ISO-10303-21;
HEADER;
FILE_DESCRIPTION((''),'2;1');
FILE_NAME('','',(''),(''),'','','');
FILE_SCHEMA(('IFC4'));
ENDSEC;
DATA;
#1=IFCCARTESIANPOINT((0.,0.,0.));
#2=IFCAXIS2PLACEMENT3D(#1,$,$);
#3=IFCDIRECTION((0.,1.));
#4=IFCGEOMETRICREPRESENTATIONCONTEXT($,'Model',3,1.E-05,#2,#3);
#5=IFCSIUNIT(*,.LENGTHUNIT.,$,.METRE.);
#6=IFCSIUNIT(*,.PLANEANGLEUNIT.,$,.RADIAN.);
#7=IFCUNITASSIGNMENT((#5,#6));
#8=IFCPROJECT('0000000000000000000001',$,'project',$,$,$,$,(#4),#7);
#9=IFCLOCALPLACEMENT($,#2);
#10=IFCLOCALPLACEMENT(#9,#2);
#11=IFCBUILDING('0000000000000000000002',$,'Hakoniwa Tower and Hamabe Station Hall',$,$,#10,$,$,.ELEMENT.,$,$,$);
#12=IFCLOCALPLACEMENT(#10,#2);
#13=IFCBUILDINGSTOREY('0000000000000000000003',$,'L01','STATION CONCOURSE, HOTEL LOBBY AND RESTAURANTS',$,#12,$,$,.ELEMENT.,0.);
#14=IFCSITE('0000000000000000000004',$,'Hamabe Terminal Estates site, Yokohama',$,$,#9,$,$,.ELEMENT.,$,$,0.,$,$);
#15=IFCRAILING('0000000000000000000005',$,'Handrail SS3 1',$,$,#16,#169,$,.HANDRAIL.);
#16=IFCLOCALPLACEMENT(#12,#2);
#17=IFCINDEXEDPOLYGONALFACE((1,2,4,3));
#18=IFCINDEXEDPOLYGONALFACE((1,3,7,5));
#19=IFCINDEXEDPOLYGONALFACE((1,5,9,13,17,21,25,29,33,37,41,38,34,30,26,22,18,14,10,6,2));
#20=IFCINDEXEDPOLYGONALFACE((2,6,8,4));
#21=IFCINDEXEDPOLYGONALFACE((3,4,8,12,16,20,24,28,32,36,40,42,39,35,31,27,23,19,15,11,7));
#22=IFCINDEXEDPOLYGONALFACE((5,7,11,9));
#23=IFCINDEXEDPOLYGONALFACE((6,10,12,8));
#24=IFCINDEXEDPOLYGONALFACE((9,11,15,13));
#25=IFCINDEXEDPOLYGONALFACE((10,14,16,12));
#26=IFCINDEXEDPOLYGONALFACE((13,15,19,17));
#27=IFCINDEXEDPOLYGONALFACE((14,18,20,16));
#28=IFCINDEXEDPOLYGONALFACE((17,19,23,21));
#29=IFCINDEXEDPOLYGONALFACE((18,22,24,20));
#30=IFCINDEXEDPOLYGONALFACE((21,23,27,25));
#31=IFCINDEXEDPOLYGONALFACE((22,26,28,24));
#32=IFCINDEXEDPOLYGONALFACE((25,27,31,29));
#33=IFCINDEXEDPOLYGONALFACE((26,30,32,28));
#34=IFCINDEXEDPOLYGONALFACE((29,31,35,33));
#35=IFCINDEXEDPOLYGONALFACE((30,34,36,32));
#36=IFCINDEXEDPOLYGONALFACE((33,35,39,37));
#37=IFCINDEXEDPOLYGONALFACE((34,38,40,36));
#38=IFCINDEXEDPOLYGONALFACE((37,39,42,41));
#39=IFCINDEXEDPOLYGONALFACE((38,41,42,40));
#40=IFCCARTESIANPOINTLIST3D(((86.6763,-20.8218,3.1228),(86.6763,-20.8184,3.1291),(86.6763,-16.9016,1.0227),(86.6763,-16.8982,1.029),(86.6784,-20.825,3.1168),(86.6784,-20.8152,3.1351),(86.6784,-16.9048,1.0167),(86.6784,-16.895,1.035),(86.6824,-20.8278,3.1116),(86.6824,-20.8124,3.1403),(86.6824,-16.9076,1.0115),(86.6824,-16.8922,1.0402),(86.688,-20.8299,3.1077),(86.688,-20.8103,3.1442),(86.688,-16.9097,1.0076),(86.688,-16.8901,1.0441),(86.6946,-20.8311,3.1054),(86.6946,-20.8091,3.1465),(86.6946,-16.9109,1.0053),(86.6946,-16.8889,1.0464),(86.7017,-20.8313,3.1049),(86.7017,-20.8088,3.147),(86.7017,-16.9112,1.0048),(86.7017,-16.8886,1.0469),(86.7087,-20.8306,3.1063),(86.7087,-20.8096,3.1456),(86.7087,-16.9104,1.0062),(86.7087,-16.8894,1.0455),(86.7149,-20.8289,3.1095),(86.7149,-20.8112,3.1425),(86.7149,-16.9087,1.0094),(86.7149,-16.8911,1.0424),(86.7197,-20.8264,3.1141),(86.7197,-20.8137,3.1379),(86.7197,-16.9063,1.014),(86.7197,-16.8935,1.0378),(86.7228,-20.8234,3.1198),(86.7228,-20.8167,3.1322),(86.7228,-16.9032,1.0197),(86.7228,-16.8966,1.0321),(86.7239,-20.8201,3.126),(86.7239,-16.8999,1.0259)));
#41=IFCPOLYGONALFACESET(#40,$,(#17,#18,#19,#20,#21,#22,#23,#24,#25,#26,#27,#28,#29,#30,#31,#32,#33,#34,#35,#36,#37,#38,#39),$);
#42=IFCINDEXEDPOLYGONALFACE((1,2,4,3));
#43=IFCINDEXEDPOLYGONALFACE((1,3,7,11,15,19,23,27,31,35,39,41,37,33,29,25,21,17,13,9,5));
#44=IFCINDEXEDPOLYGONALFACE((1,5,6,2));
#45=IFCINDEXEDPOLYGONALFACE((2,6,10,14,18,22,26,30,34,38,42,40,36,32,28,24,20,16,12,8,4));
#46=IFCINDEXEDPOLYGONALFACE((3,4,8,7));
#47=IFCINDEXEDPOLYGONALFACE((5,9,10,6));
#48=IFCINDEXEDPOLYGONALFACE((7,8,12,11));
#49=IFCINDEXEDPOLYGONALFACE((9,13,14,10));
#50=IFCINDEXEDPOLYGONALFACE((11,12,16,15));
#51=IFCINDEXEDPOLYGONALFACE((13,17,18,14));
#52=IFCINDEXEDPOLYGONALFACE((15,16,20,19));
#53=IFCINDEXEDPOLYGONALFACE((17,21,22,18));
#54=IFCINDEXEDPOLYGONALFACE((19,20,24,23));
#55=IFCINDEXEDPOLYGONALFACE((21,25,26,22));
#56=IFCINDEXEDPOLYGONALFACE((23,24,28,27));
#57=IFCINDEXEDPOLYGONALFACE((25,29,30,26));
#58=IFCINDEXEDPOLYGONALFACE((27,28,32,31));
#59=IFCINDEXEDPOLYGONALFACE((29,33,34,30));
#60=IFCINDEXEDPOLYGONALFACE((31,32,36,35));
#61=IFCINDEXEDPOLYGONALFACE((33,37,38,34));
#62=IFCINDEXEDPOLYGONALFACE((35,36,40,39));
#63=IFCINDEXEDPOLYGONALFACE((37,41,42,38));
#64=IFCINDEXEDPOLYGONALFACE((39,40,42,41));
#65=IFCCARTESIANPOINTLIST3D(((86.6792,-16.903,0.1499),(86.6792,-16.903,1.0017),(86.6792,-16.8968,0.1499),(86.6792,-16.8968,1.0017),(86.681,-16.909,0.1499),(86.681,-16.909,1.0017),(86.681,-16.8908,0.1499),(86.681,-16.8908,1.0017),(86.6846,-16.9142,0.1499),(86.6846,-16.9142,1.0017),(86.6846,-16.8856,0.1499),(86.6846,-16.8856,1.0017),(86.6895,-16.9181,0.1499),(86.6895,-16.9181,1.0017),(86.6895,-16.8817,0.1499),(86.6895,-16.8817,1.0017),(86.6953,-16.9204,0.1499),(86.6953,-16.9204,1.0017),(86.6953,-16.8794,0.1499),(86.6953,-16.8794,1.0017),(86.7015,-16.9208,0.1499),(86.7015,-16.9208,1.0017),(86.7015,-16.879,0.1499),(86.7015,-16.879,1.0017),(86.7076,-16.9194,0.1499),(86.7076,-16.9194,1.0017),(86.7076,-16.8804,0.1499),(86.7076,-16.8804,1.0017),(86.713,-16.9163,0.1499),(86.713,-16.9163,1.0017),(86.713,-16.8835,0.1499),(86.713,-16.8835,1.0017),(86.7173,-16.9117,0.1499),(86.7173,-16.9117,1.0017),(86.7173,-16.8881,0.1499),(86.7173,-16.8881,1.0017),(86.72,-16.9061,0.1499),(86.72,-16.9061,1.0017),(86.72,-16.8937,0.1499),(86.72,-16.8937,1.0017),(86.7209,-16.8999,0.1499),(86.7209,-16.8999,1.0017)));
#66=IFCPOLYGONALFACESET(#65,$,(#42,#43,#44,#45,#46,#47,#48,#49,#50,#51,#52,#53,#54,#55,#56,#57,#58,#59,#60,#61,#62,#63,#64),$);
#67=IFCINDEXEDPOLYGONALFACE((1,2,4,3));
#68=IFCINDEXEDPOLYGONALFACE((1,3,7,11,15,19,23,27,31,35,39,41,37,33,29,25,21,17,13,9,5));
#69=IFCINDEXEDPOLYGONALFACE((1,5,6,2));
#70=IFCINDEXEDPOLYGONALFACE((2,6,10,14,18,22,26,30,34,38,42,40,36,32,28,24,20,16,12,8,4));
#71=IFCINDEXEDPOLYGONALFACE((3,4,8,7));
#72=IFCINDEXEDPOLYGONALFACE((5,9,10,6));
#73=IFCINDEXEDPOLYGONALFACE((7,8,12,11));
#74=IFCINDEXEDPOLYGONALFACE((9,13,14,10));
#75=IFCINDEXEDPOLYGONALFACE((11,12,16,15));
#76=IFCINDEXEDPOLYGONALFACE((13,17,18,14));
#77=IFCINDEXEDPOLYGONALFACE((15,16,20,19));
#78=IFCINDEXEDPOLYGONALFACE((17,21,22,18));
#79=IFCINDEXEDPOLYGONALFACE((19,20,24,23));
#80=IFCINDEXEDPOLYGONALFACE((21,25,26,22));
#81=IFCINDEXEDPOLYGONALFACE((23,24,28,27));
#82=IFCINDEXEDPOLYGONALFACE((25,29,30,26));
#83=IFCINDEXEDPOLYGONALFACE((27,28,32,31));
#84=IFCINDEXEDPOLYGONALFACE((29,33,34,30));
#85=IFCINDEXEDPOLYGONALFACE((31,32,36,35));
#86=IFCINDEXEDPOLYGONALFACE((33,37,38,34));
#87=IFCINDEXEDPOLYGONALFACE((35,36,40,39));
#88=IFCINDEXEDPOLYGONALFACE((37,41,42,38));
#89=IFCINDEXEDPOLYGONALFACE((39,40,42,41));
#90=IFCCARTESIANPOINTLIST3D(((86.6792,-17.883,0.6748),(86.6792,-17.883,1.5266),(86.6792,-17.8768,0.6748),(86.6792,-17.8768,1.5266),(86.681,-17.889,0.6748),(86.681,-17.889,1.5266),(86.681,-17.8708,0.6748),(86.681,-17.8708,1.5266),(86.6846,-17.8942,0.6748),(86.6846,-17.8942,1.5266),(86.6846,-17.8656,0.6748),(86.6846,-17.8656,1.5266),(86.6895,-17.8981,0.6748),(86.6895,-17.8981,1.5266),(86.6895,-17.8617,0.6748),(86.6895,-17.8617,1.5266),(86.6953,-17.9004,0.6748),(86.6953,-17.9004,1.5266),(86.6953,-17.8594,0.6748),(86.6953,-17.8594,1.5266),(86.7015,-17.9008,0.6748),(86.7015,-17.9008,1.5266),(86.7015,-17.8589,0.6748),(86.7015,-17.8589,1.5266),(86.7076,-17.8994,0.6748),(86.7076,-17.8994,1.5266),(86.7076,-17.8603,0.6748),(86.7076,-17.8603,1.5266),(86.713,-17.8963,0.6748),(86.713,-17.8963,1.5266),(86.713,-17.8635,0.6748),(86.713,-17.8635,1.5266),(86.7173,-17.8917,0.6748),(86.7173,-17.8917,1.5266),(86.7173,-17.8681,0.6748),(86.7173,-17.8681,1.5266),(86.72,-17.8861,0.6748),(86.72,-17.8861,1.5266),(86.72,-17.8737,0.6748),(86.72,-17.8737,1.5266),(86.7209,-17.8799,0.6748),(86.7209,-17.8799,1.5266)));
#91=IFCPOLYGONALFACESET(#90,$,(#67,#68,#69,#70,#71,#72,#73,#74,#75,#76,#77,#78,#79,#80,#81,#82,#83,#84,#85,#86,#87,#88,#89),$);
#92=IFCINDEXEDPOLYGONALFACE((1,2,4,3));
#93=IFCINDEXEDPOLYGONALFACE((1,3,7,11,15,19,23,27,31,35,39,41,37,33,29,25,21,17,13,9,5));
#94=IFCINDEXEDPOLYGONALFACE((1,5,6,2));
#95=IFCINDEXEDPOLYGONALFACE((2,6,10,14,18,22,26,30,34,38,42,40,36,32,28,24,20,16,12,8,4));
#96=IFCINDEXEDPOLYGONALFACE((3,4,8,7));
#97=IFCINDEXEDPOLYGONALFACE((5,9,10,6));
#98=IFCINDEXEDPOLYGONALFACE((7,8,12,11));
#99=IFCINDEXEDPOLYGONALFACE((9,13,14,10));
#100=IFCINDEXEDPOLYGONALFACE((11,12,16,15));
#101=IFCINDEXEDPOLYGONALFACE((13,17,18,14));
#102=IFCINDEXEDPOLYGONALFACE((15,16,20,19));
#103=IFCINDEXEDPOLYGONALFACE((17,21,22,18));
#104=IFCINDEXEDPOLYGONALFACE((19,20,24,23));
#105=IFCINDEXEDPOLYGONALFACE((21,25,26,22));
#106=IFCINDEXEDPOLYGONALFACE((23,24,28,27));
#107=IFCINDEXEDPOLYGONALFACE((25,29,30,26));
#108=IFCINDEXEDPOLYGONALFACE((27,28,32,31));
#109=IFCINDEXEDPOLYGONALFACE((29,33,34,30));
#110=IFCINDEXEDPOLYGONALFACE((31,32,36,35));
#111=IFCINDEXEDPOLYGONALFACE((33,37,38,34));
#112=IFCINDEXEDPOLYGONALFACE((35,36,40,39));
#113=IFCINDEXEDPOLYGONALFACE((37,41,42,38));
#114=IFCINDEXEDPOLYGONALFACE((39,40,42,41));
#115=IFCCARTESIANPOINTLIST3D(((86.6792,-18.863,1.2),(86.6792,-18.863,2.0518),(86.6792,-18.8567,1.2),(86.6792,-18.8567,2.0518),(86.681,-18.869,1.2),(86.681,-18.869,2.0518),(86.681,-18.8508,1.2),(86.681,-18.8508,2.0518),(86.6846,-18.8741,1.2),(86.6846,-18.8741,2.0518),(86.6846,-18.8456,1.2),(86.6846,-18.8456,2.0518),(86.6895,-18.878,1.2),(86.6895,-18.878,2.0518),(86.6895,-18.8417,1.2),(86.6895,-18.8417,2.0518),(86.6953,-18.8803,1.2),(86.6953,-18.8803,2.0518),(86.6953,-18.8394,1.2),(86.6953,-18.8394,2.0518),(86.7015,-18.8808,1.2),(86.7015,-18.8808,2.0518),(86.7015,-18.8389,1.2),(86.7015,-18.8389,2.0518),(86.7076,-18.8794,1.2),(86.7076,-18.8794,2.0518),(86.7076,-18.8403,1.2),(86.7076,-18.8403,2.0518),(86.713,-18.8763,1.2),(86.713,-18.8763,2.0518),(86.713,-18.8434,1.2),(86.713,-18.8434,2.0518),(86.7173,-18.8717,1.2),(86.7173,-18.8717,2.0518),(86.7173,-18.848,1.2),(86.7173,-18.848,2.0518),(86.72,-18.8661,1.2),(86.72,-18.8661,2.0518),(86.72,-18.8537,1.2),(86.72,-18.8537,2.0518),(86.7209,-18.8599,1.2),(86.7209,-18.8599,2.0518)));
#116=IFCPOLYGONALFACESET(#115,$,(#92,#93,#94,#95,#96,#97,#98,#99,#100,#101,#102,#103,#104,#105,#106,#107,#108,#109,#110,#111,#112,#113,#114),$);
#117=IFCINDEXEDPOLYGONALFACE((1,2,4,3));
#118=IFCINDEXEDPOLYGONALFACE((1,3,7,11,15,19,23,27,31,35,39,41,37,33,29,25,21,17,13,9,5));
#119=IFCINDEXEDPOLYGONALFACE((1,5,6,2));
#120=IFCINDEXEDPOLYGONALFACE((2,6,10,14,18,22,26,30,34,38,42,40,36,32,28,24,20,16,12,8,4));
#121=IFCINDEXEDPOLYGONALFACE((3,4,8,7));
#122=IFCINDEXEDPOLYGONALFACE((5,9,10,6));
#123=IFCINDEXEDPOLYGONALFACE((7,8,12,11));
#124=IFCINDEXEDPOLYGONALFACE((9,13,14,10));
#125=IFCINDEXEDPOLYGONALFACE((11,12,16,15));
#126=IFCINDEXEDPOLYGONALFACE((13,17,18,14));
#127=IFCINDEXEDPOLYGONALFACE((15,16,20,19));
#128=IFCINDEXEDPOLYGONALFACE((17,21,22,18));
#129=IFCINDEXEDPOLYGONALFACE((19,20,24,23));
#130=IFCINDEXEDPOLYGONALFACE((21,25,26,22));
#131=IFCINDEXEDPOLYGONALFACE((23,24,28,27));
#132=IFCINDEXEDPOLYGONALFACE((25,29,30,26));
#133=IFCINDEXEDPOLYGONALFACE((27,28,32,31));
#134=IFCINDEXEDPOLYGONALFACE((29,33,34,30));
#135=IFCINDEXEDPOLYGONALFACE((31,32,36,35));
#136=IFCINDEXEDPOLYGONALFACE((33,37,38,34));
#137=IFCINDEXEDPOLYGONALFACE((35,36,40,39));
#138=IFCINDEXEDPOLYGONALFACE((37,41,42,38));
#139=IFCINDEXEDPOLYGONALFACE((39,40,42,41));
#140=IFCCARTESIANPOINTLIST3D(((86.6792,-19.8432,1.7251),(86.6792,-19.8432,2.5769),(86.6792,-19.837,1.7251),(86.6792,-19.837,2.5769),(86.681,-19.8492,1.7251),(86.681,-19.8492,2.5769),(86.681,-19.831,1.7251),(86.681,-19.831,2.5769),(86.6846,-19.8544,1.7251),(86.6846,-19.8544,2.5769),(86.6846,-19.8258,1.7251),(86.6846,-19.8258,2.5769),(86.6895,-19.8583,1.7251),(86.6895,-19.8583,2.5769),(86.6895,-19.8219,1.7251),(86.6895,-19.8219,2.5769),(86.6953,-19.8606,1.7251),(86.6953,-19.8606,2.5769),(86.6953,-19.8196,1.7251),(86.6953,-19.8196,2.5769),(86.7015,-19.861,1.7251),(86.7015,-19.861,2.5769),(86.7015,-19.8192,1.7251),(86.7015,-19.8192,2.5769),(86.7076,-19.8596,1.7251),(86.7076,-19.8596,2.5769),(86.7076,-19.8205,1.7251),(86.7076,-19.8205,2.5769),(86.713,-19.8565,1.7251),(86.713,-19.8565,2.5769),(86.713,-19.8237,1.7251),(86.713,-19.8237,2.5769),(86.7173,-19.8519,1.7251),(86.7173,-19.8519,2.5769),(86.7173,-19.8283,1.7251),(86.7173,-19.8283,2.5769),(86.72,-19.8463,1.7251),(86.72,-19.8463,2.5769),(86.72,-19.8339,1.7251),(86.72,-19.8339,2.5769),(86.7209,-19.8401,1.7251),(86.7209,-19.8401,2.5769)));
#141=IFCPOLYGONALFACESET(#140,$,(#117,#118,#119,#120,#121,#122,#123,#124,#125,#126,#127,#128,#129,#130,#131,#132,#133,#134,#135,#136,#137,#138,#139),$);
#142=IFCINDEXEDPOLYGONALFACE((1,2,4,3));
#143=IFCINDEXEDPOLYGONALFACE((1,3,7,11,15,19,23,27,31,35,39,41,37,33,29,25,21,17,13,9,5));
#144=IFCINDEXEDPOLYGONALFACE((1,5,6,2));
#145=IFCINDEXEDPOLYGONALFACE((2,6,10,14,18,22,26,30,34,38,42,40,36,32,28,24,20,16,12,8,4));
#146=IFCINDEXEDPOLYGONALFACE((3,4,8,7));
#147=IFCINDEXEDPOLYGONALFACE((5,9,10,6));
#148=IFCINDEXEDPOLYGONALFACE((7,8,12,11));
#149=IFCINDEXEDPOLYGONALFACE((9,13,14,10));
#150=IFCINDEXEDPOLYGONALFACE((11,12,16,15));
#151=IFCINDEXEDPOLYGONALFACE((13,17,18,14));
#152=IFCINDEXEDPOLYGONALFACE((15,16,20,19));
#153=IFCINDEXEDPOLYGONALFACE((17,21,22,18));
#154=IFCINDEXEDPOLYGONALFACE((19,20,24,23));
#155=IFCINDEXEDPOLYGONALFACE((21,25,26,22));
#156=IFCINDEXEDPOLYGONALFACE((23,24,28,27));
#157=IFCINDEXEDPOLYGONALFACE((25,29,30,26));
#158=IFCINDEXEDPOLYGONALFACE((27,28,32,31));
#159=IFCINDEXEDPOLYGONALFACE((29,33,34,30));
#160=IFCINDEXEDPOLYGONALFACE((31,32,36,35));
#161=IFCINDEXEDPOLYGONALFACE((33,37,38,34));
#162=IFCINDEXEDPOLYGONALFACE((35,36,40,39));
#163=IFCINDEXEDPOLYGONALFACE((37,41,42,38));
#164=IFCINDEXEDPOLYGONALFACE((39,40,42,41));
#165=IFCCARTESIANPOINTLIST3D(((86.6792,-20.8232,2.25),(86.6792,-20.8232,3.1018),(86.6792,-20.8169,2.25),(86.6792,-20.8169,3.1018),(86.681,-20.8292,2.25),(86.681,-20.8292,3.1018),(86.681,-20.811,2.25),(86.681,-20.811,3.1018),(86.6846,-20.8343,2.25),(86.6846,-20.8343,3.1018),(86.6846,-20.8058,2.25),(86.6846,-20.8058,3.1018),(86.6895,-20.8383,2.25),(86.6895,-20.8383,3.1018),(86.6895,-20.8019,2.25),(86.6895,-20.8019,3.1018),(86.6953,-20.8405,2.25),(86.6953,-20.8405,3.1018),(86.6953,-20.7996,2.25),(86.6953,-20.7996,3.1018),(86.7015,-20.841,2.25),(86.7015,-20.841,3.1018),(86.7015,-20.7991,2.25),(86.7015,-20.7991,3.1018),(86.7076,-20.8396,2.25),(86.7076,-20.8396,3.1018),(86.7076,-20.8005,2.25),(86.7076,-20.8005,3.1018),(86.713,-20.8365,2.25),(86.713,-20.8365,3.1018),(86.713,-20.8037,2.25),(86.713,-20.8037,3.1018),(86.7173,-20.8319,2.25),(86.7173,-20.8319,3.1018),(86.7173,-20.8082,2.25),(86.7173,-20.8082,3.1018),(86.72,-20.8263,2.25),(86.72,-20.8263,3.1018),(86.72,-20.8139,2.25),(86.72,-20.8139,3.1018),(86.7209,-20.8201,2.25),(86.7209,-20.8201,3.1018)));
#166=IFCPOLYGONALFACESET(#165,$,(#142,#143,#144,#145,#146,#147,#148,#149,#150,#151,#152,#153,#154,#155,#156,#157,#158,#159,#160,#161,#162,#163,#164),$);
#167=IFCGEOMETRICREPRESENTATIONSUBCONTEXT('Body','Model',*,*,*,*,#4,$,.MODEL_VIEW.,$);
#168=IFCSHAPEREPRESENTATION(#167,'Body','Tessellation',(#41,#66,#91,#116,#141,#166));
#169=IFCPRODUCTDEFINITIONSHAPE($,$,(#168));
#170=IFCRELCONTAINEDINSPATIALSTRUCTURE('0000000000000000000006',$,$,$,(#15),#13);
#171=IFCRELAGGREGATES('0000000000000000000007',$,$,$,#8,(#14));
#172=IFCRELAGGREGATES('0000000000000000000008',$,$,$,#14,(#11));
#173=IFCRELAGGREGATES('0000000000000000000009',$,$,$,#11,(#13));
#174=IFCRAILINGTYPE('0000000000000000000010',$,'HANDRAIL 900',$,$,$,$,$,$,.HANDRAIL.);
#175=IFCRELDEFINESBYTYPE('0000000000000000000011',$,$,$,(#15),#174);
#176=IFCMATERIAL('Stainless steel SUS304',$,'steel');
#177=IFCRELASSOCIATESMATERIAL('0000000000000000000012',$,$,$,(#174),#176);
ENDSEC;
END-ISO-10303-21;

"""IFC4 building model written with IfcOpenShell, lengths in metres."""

from ifc_helpers import new_model, si_unit, direction, frame, origin, origin_2d, place, context, subcontext, project, spatial, circle, extrude, material, type_object, element, save


model = new_model("IFC4")

# Units and contexts
model_context = context("Model", 3, precision=1e-05, world=origin(), true_north=direction((0.0, 1.0)))
body_context = subcontext(model_context, "Body", "Model", "MODEL_VIEW")
ifc_project = project(units=[si_unit("LENGTHUNIT", "METRE"), si_unit("PLANEANGLEUNIT", "RADIAN")], contexts=[model_context])

# Site, building, storey
site_placement = place(None, origin())
site = spatial("IfcSite", under=ifc_project, at=site_placement, Name="Hamabe Terminal Estates site, Yokohama", CompositionType="ELEMENT", RefElevation=0.0)
building_placement = place(site_placement, origin())
building = spatial("IfcBuilding", under=site, at=building_placement, Name="Hakoniwa Tower and Hamabe Station Hall", CompositionType="ELEMENT")
storey_placement = place(building_placement, origin())
storey = spatial("IfcBuildingStorey", under=building, at=storey_placement, Name="L01", Description="STATION CONCOURSE, HOTEL LOBBY AND RESTAURANTS", CompositionType="ELEMENT", Elevation=0.0)

# Railing
ifc_material_1 = material(Name="Stainless steel SUS304", Category="steel")
railing_type = type_object("IfcRailingType", Name="HANDRAIL 900", PredefinedType="HANDRAIL", material=ifc_material_1)
for number, where, name in (
    (1, (86.7, -16.8999, 0.1499), "Handrail SS3 1"),
):
    element("IfcRailing", number, at=place(storey_placement, frame(where)), inside=storey, type_object=railing_type, Name=name, PredefinedType="HANDRAIL", context=body_context, shape_type="SweptSolid", body=[
        extrude(circle(Radius=0.0239, at=origin_2d()), frame((0.0, 0.0, 0.876), z_axis=(0.0, -0.881479, 0.472223), x_axis=(1.0, 0.0, 0.0)), (0.0, 0.0, 1.0), 4.4473),
        extrude(circle(Radius=0.021, at=origin_2d()), origin(), (0.0, 0.0, 1.0), 0.8518),
        extrude(circle(Radius=0.021, at=origin_2d()), frame((0.0, -0.98, 0.5249)), (0.0, 0.0, 1.0), 0.8518),
        extrude(circle(Radius=0.021, at=origin_2d()), frame((0.0, -1.96, 1.05)), (0.0, 0.0, 1.0), 0.8518),
        extrude(circle(Radius=0.021, at=origin_2d()), frame((0.0, -2.9402, 1.5752)), (0.0, 0.0, 1.0), 0.8518),
        extrude(circle(Radius=0.021, at=origin_2d()), frame((0.0, -3.9202, 2.1001)), (0.0, 0.0, 1.0), 0.8518),
    ])

save(model, "model.ifc")
